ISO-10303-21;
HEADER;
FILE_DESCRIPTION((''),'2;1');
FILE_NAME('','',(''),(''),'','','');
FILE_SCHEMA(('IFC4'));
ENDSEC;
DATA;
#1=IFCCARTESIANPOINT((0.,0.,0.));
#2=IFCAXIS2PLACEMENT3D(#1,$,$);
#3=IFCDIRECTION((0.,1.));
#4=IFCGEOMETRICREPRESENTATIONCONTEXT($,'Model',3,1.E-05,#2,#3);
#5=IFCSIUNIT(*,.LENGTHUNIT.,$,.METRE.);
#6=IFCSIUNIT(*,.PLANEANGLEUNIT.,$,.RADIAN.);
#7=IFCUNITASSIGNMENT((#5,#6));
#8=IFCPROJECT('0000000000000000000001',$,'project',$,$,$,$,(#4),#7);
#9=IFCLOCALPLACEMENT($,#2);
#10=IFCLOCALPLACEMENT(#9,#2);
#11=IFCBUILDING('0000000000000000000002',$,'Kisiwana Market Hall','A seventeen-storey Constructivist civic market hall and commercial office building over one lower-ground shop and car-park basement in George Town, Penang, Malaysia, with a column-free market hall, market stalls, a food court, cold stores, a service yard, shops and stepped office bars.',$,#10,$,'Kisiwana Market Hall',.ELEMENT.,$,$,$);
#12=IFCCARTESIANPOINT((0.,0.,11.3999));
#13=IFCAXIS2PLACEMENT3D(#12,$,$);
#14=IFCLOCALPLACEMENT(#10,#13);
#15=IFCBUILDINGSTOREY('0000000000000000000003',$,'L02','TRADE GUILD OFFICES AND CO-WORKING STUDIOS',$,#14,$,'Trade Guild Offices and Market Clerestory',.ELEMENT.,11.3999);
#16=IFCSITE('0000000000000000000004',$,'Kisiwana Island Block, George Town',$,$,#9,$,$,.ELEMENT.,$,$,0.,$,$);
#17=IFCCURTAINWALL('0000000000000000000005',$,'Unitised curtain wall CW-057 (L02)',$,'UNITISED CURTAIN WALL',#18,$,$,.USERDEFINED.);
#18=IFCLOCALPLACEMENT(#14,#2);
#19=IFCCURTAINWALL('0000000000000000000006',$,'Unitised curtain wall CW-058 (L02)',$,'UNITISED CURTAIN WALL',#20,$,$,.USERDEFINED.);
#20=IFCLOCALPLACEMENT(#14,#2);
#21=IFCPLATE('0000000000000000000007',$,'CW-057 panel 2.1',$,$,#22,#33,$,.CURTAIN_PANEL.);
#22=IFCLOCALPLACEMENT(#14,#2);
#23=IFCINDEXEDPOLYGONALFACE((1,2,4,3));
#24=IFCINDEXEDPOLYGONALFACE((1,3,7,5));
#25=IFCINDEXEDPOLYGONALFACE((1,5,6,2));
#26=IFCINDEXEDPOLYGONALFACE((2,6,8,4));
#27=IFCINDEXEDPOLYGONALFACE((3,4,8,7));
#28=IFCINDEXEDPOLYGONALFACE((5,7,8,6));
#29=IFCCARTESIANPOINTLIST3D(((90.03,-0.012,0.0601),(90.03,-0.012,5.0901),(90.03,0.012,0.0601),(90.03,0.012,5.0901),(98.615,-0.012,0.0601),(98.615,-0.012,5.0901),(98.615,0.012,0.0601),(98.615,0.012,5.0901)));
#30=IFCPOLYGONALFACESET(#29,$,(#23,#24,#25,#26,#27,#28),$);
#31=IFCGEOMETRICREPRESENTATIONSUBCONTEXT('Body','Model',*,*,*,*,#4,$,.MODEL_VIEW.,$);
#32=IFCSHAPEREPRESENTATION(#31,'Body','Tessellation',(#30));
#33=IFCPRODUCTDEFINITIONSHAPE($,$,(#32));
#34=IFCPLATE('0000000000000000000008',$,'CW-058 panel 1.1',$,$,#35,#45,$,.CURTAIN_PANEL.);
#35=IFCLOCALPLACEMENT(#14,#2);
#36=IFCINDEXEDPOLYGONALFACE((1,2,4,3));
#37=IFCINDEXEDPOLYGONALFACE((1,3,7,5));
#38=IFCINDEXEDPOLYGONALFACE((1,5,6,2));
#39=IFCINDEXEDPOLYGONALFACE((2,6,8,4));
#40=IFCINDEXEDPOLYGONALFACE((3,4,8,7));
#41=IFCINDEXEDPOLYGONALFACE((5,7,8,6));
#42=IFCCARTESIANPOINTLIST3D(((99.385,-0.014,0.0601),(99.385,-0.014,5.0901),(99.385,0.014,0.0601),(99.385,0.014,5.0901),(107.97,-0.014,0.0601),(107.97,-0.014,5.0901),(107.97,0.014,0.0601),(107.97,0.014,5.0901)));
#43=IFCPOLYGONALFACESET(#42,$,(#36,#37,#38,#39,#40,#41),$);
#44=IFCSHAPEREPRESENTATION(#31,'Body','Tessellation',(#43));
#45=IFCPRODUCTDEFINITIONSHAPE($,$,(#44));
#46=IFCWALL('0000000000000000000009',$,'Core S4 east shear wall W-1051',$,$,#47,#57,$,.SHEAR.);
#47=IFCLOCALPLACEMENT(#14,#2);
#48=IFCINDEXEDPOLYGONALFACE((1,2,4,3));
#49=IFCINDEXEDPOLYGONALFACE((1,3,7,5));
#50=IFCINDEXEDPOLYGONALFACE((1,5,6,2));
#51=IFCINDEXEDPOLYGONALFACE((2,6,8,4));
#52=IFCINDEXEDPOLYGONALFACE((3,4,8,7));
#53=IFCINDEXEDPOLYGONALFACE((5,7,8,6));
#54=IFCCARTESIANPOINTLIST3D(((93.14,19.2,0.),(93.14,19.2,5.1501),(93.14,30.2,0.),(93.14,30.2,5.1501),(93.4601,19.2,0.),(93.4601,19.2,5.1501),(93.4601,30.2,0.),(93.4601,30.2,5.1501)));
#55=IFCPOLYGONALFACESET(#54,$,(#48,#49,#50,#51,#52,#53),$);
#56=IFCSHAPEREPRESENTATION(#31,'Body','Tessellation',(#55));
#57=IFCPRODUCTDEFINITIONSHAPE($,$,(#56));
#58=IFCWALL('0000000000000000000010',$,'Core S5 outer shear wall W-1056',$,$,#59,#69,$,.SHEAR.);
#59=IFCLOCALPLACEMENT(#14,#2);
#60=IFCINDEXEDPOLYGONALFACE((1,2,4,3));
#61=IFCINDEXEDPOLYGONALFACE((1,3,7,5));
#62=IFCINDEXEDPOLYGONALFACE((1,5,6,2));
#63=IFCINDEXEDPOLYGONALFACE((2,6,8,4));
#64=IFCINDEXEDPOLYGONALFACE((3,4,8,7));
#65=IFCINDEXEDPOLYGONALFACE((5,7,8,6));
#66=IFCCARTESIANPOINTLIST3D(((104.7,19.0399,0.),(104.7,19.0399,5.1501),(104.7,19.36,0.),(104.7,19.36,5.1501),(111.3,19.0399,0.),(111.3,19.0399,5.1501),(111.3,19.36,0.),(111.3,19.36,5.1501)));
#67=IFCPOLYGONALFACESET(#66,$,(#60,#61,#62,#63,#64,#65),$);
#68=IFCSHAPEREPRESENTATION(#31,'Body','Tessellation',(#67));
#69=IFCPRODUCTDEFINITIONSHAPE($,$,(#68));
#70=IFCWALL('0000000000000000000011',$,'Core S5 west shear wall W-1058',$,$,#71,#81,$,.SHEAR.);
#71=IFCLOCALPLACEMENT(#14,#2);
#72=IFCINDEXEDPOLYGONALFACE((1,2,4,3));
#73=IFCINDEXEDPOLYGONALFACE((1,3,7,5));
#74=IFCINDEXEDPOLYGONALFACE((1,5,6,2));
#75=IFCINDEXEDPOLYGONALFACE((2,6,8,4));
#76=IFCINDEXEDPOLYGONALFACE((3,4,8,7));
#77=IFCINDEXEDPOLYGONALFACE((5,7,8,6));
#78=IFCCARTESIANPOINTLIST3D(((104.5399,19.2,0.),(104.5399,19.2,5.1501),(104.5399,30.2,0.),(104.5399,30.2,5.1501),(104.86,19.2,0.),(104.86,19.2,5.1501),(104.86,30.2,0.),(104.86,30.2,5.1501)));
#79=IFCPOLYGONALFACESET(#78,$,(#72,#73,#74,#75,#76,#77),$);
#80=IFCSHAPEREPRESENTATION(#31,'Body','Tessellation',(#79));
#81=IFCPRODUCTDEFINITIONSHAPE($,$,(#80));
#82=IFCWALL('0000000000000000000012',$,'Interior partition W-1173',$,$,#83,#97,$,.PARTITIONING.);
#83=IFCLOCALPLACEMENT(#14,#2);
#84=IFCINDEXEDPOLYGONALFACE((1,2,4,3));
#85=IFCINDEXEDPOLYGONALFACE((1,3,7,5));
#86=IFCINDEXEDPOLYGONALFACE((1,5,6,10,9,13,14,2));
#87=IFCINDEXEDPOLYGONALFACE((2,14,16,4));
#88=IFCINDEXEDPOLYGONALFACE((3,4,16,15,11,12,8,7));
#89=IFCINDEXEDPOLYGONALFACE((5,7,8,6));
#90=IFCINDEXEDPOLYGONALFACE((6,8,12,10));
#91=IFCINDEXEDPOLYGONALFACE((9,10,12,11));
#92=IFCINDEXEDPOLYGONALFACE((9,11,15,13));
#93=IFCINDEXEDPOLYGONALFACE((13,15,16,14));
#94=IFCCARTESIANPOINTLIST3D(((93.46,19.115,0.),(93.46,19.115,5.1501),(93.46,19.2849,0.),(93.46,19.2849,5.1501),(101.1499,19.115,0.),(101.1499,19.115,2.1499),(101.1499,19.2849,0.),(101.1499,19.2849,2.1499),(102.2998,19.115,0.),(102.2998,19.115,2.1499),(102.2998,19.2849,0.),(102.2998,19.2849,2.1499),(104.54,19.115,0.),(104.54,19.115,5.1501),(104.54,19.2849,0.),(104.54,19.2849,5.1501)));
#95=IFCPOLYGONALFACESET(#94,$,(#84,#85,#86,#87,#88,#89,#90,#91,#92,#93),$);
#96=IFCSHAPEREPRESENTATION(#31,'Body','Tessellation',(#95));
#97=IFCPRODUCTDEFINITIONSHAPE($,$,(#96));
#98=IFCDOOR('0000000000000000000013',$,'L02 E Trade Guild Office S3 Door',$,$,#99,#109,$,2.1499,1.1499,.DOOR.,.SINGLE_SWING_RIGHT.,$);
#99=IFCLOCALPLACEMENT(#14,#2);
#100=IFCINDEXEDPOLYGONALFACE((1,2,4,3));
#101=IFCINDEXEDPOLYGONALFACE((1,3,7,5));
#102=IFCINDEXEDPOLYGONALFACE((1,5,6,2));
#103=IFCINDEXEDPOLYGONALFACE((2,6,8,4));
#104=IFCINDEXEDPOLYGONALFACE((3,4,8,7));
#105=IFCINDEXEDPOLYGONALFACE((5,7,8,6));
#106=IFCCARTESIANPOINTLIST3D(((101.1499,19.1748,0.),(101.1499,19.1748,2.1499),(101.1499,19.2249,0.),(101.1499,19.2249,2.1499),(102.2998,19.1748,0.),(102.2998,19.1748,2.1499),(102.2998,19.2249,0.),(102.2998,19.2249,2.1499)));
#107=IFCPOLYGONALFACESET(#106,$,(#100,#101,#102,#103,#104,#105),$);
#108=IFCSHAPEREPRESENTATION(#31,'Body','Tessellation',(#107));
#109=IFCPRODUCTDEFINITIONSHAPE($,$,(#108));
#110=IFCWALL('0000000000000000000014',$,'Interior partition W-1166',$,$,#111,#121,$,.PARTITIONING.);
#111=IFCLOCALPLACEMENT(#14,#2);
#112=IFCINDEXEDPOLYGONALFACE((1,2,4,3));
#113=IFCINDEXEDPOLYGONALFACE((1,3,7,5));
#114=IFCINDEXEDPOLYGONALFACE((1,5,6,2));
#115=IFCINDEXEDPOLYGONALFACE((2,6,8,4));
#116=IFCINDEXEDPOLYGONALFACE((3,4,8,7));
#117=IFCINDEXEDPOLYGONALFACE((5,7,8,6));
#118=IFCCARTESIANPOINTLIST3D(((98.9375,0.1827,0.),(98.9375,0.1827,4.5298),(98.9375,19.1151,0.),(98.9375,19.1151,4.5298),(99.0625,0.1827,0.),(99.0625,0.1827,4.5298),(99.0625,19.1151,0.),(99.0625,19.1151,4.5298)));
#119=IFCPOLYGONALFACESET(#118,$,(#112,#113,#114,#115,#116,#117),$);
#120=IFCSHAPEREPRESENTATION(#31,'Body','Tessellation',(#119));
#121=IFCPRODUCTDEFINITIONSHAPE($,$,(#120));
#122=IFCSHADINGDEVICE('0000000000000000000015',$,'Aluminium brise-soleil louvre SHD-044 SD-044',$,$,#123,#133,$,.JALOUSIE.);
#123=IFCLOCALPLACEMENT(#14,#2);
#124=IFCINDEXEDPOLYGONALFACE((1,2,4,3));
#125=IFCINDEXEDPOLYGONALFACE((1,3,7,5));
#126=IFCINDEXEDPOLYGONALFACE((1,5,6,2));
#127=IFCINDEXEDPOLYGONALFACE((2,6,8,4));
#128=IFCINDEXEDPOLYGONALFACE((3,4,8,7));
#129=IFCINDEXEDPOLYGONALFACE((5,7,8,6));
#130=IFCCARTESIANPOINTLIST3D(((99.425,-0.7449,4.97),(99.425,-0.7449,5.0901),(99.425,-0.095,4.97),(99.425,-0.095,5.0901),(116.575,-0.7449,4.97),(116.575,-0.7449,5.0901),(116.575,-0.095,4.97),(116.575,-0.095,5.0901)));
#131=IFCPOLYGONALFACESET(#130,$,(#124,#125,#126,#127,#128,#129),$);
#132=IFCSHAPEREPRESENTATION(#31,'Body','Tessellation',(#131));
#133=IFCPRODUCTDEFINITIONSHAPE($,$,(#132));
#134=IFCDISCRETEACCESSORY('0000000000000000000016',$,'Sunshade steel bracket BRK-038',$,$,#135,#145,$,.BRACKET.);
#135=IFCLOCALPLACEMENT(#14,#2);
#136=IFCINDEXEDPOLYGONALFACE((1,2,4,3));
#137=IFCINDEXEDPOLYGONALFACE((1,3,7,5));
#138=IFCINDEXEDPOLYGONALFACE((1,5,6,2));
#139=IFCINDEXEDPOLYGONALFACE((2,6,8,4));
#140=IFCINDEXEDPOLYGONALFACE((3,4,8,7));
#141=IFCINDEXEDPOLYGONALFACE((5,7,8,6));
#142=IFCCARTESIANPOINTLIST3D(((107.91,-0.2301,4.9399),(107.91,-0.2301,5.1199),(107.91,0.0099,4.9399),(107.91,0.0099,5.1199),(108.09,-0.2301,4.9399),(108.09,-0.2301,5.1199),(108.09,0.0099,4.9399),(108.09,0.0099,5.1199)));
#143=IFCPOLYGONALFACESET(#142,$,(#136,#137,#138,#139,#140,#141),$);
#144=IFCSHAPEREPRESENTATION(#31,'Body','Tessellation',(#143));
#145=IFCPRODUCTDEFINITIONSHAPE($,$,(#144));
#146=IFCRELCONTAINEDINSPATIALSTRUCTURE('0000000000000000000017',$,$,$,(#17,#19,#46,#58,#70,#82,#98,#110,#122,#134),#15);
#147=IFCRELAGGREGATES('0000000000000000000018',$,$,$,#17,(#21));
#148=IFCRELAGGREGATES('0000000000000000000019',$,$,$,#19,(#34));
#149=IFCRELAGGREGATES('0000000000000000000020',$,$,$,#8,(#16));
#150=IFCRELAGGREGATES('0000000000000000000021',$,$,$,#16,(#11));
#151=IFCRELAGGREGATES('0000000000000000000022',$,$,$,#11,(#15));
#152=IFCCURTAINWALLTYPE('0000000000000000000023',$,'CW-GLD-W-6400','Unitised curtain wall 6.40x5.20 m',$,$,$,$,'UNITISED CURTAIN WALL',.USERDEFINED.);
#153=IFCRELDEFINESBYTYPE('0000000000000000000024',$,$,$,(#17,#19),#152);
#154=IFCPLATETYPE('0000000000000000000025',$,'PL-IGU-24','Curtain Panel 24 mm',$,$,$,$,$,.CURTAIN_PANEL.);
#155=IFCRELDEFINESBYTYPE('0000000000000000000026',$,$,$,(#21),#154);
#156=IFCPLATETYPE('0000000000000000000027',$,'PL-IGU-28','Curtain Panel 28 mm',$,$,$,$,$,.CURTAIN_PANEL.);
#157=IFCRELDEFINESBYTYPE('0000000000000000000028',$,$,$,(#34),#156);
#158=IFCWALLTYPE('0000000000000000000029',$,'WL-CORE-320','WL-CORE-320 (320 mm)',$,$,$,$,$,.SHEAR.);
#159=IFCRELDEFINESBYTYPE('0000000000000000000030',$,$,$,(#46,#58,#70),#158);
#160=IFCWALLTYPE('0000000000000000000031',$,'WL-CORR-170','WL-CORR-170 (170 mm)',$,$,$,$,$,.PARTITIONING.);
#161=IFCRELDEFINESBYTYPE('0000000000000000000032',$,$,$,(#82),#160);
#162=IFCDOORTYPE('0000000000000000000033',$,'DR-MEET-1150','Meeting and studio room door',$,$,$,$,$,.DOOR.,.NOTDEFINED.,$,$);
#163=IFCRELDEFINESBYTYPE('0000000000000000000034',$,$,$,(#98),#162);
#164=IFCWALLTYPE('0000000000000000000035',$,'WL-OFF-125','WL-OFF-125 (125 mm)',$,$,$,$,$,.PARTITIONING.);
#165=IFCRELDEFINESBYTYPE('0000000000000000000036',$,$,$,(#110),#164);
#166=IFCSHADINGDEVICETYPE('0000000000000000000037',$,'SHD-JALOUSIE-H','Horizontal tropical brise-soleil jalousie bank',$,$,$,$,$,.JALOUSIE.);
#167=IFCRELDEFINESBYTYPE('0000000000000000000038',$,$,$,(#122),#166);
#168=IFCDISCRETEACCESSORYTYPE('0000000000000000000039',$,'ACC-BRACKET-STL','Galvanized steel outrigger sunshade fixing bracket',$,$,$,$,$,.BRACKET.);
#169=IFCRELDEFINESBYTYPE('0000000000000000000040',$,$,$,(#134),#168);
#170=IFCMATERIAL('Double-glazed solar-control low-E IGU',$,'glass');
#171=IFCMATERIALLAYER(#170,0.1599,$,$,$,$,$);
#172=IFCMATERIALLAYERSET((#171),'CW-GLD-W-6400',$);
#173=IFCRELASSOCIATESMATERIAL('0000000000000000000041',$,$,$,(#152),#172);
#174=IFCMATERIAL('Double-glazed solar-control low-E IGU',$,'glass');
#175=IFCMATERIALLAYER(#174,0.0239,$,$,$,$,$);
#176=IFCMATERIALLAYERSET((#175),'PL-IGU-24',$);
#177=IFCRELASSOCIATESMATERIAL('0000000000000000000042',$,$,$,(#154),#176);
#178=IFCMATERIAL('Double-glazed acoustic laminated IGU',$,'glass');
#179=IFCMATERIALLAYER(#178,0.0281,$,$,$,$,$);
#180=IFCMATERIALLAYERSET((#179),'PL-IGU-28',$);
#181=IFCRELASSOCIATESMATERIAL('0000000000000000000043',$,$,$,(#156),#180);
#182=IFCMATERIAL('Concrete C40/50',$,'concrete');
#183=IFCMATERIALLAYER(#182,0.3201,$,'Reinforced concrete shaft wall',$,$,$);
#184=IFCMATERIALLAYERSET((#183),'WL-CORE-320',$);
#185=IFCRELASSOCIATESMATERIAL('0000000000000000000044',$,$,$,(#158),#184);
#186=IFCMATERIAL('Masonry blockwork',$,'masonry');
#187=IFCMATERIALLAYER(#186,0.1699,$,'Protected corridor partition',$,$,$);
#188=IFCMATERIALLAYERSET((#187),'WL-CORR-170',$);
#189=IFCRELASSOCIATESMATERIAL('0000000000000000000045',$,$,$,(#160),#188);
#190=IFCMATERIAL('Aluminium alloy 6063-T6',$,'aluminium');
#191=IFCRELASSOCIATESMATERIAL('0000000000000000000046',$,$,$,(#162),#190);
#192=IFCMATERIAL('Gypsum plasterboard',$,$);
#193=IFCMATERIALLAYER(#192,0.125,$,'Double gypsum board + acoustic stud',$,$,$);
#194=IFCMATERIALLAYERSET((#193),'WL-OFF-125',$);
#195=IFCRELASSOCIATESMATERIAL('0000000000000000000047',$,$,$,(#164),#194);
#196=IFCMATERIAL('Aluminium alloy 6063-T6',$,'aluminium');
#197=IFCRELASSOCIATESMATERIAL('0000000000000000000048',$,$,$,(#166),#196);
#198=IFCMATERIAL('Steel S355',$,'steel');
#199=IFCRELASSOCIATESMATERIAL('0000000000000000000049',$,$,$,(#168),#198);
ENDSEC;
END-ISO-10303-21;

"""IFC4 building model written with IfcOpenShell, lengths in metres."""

from ifc_helpers import new_model, si_unit, direction, frame, frame_2d, origin, origin_2d, place, context, subcontext, project, spatial, rectangle, extrude, material, layer, layer_set, type_object, element, fill, aggregate, save


model = new_model("IFC4")

# Units and contexts
model_context = context("Model", 3, precision=1e-05, world=origin(), true_north=direction((0.0, 1.0)))
body_context = subcontext(model_context, "Body", "Model", "MODEL_VIEW")
ifc_project = project(units=[si_unit("LENGTHUNIT", "METRE"), si_unit("PLANEANGLEUNIT", "RADIAN")], contexts=[model_context])

# Site, building, storey
site_placement = place(None, origin())
site = spatial("IfcSite", under=ifc_project, at=site_placement, Name="Kisiwana Island Block, George Town", CompositionType="ELEMENT", RefElevation=0.0)
building_placement = place(site_placement, origin())
building = spatial("IfcBuilding", under=site, at=building_placement, Name="Kisiwana Market Hall", Description="A seventeen-storey Constructivist civic market hall and commercial office building over one lower-ground shop and car-park basement in George Town, Penang, Malaysia, with a column-free market hall, market stalls, a food court, cold stores, a service yard, shops and stepped office bars.", LongName="Kisiwana Market Hall", CompositionType="ELEMENT")
storey_placement = place(building_placement, frame((0.0, 0.0, 11.3999)))
storey = spatial("IfcBuildingStorey", under=building, at=storey_placement, Name="L02", Description="TRADE GUILD OFFICES AND CO-WORKING STUDIOS", LongName="Trade Guild Offices and Market Clerestory", CompositionType="ELEMENT", Elevation=11.3999)

# Curtain wall
ifc_material_1 = material(Name="Double-glazed solar-control low-E IGU", Category="glass")
ifc_layer_1 = layer(ifc_material_1, 0.1599)
ifc_layer_set_1 = layer_set([ifc_layer_1], Name="CW-GLD-W-6400")
curtain_wall_type = type_object("IfcCurtainWallType", Name="CW-GLD-W-6400", Description="Unitised curtain wall 6.40x5.20 m", ElementType="UNITISED CURTAIN WALL", PredefinedType="USERDEFINED", material=ifc_layer_set_1)
curtain_wall_1_placement = place(storey_placement, origin())
curtain_wall_1 = element("IfcCurtainWall", 1, at=curtain_wall_1_placement, inside=storey, type_object=curtain_wall_type, Name="Unitised curtain wall CW-057 (L02)", ObjectType="UNITISED CURTAIN WALL", PredefinedType="USERDEFINED")

# Curtain wall
curtain_wall_2_placement = place(storey_placement, origin())
curtain_wall_2 = element("IfcCurtainWall", 2, at=curtain_wall_2_placement, inside=storey, type_object=curtain_wall_type, Name="Unitised curtain wall CW-058 (L02)", ObjectType="UNITISED CURTAIN WALL", PredefinedType="USERDEFINED")

# Plates
ifc_material_2 = material(Name="Double-glazed solar-control low-E IGU", Category="glass")
ifc_layer_2 = layer(ifc_material_2, 0.0239)
ifc_layer_set_2 = layer_set([ifc_layer_2], Name="PL-IGU-24")
plate_type_1 = type_object("IfcPlateType", Name="PL-IGU-24", Description="Curtain Panel 24 mm", PredefinedType="CURTAIN_PANEL", material=ifc_layer_set_2)
plate_1_placement = place(storey_placement, frame((94.3225, 0.0, 0.0601), z_axis=(0.0, 0.0, 1.0), x_axis=(1.0, 0.0, 0.0)))
plate_1 = element("IfcPlate", 3, at=plate_1_placement, type_object=plate_type_1, Name="CW-057 panel 2.1", PredefinedType="CURTAIN_PANEL", context=body_context, shape_type="SweptSolid", body=[
    extrude(rectangle(XDim=8.585, YDim=0.0239, at=origin_2d()), origin(), (0.0, 0.0, 1.0), 5.03),
])
aggregate(curtain_wall_1, [plate_1])
ifc_material_3 = material(Name="Double-glazed acoustic laminated IGU", Category="glass")
ifc_layer_3 = layer(ifc_material_3, 0.0281)
ifc_layer_set_3 = layer_set([ifc_layer_3], Name="PL-IGU-28")
plate_type_2 = type_object("IfcPlateType", Name="PL-IGU-28", Description="Curtain Panel 28 mm", PredefinedType="CURTAIN_PANEL", material=ifc_layer_set_3)
plate_2_placement = place(storey_placement, frame((103.6775, 0.0, 0.0601), z_axis=(0.0, 0.0, 1.0), x_axis=(1.0, 0.0, 0.0)))
plate_2 = element("IfcPlate", 4, at=plate_2_placement, type_object=plate_type_2, Name="CW-058 panel 1.1", PredefinedType="CURTAIN_PANEL", context=body_context, shape_type="SweptSolid", body=[
    extrude(rectangle(XDim=8.585, YDim=0.0281, at=origin_2d()), origin(), (0.0, 0.0, 1.0), 5.03),
])
aggregate(curtain_wall_2, [plate_2])

# Walls
ifc_material_4 = material(Name="Concrete C40/50", Category="concrete")
ifc_layer_4 = layer(ifc_material_4, 0.3201, Name="Reinforced concrete shaft wall")
ifc_layer_set_4 = layer_set([ifc_layer_4], Name="WL-CORE-320")
wall_type_1 = type_object("IfcWallType", Name="WL-CORE-320", Description="WL-CORE-320 (320 mm)", PredefinedType="SHEAR", material=ifc_layer_set_4)
wall_1_placement = place(storey_placement, frame((93.3, 19.2, 0.0), z_axis=(0.0, 0.0, 1.0), x_axis=(0.0, 1.0, 0.0)))
element("IfcWall", 5, at=wall_1_placement, inside=storey, type_object=wall_type_1, Name="Core S4 east shear wall W-1051", PredefinedType="SHEAR", context=body_context, shape_type="SweptSolid", body=[
    extrude(rectangle(XDim=11.0, YDim=0.3201, at=frame_2d((5.5, 0.0))), origin(), (0.0, 0.0, 1.0), 5.1501),
])
wall_2_placement = place(storey_placement, frame((104.7, 19.2, 0.0), z_axis=(0.0, 0.0, 1.0), x_axis=(1.0, 0.0, 0.0)))
element("IfcWall", 6, at=wall_2_placement, inside=storey, type_object=wall_type_1, Name="Core S5 outer shear wall W-1056", PredefinedType="SHEAR", context=body_context, shape_type="SweptSolid", body=[
    extrude(rectangle(XDim=6.6001, YDim=0.3201, at=frame_2d((3.3, 0.0))), origin(), (0.0, 0.0, 1.0), 5.1501),
])
wall_3_placement = place(storey_placement, frame((104.7, 19.2, 0.0), z_axis=(0.0, 0.0, 1.0), x_axis=(0.0, 1.0, 0.0)))
element("IfcWall", 7, at=wall_3_placement, inside=storey, type_object=wall_type_1, Name="Core S5 west shear wall W-1058", PredefinedType="SHEAR", context=body_context, shape_type="SweptSolid", body=[
    extrude(rectangle(XDim=11.0, YDim=0.3201, at=frame_2d((5.5, 0.0))), origin(), (0.0, 0.0, 1.0), 5.1501),
])

# Wall, opening, door
ifc_material_5 = material(Name="Masonry blockwork", Category="masonry")
ifc_layer_5 = layer(ifc_material_5, 0.1699, Name="Protected corridor partition")
ifc_layer_set_5 = layer_set([ifc_layer_5], Name="WL-CORR-170")
wall_type_2 = type_object("IfcWallType", Name="WL-CORR-170", Description="WL-CORR-170 (170 mm)", PredefinedType="PARTITIONING", material=ifc_layer_set_5)
wall_4_placement = place(storey_placement, frame((93.46, 19.2, 0.0), z_axis=(0.0, 0.0, 1.0), x_axis=(1.0, 0.0, 0.0)))
wall_4 = element("IfcWall", 8, at=wall_4_placement, inside=storey, type_object=wall_type_2, Name="Interior partition W-1173", PredefinedType="PARTITIONING", context=body_context, shape_type="SweptSolid", body=[
    extrude(rectangle(XDim=11.0801, YDim=0.1699, at=frame_2d((5.54, 0.0))), origin(), (0.0, 0.0, 1.0), 5.1501),
])
opening_placement = place(wall_4_placement, frame((7.6899, 0.0, 0.0)))
opening = element("IfcOpeningElement", 9, at=opening_placement, cuts=wall_4, PredefinedType="OPENING", context=body_context, shape_type="SweptSolid", body=[
    extrude(rectangle(XDim=1.1499, YDim=2.1499, at=frame_2d((0.575, 1.075))), frame((0.0, 0.0969, 0.0), z_axis=(0.0, -1.0, 0.0), x_axis=(1.0, 0.0, 0.0)), (0.0, 0.0, 1.0), 0.1938),
])
ifc_material_6 = material(Name="Aluminium alloy 6063-T6", Category="aluminium")
door_type = type_object("IfcDoorType", Name="DR-MEET-1150", Description="Meeting and studio room door", OperationType="NOTDEFINED", PredefinedType="DOOR", material=ifc_material_6)
door_placement = place(opening_placement, origin())
door = element("IfcDoor", 10, at=door_placement, inside=storey, type_object=door_type, Name="L02 E Trade Guild Office S3 Door", OperationType="SINGLE_SWING_RIGHT", OverallHeight=2.1499, OverallWidth=1.1499, PredefinedType="DOOR", context=body_context, shape_type="SweptSolid", body=[
    extrude(rectangle(XDim=1.1499, YDim=2.1499, at=frame_2d((0.575, 1.075))), frame((0.0, 0.0249, 0.0), z_axis=(0.0, -1.0, 0.0), x_axis=(1.0, 0.0, 0.0)), (0.0, 0.0, 1.0), 0.05),
])
fill(opening, door)

# Wall
ifc_material_7 = material(Name="Gypsum plasterboard")
ifc_layer_6 = layer(ifc_material_7, 0.125, Name="Double gypsum board + acoustic stud")
ifc_layer_set_6 = layer_set([ifc_layer_6], Name="WL-OFF-125")
wall_type_3 = type_object("IfcWallType", Name="WL-OFF-125", Description="WL-OFF-125 (125 mm)", PredefinedType="PARTITIONING", material=ifc_layer_set_6)
wall_5_placement = place(storey_placement, frame((99.0, 0.1826, 0.0), z_axis=(0.0, 0.0, 1.0), x_axis=(0.0, 1.0, 0.0)))
element("IfcWall", 11, at=wall_5_placement, inside=storey, type_object=wall_type_3, Name="Interior partition W-1166", PredefinedType="PARTITIONING", context=body_context, shape_type="SweptSolid", body=[
    extrude(rectangle(XDim=18.9324, YDim=0.125, at=frame_2d((9.4663, 0.0))), origin(), (0.0, 0.0, 1.0), 4.5298),
])

# Shading device
ifc_material_8 = material(Name="Aluminium alloy 6063-T6", Category="aluminium")
shading_device_type = type_object("IfcShadingDeviceType", Name="SHD-JALOUSIE-H", Description="Horizontal tropical brise-soleil jalousie bank", PredefinedType="JALOUSIE", material=ifc_material_8)
shading_device_placement = place(storey_placement, frame((108.0, -0.4199, 4.97), z_axis=(0.0, 0.0, 1.0), x_axis=(1.0, 0.0, 0.0)))
element("IfcShadingDevice", 12, at=shading_device_placement, inside=storey, type_object=shading_device_type, Name="Aluminium brise-soleil louvre SHD-044 SD-044", PredefinedType="JALOUSIE", context=body_context, shape_type="SweptSolid", body=[
    extrude(rectangle(XDim=17.1499, YDim=0.6499, at=origin_2d()), origin(), (0.0, 0.0, 1.0), 0.1201),
])

# Discrete accessory
ifc_material_9 = material(Name="Steel S355", Category="steel")
discrete_accessory_type = type_object("IfcDiscreteAccessoryType", Name="ACC-BRACKET-STL", Description="Galvanized steel outrigger sunshade fixing bracket", PredefinedType="BRACKET", material=ifc_material_9)
discrete_accessory_placement = place(storey_placement, frame((108.0, -0.1101, 4.9399), z_axis=(0.0, 0.0, 1.0), x_axis=(1.0, 0.0, 0.0)))
element("IfcDiscreteAccessory", 13, at=discrete_accessory_placement, inside=storey, type_object=discrete_accessory_type, Name="Sunshade steel bracket BRK-038", PredefinedType="BRACKET", context=body_context, shape_type="SweptSolid", body=[
    extrude(rectangle(XDim=0.1799, YDim=0.24, at=origin_2d()), origin(), (0.0, 0.0, 1.0), 0.1799),
])

save(model, "model.ifc")
